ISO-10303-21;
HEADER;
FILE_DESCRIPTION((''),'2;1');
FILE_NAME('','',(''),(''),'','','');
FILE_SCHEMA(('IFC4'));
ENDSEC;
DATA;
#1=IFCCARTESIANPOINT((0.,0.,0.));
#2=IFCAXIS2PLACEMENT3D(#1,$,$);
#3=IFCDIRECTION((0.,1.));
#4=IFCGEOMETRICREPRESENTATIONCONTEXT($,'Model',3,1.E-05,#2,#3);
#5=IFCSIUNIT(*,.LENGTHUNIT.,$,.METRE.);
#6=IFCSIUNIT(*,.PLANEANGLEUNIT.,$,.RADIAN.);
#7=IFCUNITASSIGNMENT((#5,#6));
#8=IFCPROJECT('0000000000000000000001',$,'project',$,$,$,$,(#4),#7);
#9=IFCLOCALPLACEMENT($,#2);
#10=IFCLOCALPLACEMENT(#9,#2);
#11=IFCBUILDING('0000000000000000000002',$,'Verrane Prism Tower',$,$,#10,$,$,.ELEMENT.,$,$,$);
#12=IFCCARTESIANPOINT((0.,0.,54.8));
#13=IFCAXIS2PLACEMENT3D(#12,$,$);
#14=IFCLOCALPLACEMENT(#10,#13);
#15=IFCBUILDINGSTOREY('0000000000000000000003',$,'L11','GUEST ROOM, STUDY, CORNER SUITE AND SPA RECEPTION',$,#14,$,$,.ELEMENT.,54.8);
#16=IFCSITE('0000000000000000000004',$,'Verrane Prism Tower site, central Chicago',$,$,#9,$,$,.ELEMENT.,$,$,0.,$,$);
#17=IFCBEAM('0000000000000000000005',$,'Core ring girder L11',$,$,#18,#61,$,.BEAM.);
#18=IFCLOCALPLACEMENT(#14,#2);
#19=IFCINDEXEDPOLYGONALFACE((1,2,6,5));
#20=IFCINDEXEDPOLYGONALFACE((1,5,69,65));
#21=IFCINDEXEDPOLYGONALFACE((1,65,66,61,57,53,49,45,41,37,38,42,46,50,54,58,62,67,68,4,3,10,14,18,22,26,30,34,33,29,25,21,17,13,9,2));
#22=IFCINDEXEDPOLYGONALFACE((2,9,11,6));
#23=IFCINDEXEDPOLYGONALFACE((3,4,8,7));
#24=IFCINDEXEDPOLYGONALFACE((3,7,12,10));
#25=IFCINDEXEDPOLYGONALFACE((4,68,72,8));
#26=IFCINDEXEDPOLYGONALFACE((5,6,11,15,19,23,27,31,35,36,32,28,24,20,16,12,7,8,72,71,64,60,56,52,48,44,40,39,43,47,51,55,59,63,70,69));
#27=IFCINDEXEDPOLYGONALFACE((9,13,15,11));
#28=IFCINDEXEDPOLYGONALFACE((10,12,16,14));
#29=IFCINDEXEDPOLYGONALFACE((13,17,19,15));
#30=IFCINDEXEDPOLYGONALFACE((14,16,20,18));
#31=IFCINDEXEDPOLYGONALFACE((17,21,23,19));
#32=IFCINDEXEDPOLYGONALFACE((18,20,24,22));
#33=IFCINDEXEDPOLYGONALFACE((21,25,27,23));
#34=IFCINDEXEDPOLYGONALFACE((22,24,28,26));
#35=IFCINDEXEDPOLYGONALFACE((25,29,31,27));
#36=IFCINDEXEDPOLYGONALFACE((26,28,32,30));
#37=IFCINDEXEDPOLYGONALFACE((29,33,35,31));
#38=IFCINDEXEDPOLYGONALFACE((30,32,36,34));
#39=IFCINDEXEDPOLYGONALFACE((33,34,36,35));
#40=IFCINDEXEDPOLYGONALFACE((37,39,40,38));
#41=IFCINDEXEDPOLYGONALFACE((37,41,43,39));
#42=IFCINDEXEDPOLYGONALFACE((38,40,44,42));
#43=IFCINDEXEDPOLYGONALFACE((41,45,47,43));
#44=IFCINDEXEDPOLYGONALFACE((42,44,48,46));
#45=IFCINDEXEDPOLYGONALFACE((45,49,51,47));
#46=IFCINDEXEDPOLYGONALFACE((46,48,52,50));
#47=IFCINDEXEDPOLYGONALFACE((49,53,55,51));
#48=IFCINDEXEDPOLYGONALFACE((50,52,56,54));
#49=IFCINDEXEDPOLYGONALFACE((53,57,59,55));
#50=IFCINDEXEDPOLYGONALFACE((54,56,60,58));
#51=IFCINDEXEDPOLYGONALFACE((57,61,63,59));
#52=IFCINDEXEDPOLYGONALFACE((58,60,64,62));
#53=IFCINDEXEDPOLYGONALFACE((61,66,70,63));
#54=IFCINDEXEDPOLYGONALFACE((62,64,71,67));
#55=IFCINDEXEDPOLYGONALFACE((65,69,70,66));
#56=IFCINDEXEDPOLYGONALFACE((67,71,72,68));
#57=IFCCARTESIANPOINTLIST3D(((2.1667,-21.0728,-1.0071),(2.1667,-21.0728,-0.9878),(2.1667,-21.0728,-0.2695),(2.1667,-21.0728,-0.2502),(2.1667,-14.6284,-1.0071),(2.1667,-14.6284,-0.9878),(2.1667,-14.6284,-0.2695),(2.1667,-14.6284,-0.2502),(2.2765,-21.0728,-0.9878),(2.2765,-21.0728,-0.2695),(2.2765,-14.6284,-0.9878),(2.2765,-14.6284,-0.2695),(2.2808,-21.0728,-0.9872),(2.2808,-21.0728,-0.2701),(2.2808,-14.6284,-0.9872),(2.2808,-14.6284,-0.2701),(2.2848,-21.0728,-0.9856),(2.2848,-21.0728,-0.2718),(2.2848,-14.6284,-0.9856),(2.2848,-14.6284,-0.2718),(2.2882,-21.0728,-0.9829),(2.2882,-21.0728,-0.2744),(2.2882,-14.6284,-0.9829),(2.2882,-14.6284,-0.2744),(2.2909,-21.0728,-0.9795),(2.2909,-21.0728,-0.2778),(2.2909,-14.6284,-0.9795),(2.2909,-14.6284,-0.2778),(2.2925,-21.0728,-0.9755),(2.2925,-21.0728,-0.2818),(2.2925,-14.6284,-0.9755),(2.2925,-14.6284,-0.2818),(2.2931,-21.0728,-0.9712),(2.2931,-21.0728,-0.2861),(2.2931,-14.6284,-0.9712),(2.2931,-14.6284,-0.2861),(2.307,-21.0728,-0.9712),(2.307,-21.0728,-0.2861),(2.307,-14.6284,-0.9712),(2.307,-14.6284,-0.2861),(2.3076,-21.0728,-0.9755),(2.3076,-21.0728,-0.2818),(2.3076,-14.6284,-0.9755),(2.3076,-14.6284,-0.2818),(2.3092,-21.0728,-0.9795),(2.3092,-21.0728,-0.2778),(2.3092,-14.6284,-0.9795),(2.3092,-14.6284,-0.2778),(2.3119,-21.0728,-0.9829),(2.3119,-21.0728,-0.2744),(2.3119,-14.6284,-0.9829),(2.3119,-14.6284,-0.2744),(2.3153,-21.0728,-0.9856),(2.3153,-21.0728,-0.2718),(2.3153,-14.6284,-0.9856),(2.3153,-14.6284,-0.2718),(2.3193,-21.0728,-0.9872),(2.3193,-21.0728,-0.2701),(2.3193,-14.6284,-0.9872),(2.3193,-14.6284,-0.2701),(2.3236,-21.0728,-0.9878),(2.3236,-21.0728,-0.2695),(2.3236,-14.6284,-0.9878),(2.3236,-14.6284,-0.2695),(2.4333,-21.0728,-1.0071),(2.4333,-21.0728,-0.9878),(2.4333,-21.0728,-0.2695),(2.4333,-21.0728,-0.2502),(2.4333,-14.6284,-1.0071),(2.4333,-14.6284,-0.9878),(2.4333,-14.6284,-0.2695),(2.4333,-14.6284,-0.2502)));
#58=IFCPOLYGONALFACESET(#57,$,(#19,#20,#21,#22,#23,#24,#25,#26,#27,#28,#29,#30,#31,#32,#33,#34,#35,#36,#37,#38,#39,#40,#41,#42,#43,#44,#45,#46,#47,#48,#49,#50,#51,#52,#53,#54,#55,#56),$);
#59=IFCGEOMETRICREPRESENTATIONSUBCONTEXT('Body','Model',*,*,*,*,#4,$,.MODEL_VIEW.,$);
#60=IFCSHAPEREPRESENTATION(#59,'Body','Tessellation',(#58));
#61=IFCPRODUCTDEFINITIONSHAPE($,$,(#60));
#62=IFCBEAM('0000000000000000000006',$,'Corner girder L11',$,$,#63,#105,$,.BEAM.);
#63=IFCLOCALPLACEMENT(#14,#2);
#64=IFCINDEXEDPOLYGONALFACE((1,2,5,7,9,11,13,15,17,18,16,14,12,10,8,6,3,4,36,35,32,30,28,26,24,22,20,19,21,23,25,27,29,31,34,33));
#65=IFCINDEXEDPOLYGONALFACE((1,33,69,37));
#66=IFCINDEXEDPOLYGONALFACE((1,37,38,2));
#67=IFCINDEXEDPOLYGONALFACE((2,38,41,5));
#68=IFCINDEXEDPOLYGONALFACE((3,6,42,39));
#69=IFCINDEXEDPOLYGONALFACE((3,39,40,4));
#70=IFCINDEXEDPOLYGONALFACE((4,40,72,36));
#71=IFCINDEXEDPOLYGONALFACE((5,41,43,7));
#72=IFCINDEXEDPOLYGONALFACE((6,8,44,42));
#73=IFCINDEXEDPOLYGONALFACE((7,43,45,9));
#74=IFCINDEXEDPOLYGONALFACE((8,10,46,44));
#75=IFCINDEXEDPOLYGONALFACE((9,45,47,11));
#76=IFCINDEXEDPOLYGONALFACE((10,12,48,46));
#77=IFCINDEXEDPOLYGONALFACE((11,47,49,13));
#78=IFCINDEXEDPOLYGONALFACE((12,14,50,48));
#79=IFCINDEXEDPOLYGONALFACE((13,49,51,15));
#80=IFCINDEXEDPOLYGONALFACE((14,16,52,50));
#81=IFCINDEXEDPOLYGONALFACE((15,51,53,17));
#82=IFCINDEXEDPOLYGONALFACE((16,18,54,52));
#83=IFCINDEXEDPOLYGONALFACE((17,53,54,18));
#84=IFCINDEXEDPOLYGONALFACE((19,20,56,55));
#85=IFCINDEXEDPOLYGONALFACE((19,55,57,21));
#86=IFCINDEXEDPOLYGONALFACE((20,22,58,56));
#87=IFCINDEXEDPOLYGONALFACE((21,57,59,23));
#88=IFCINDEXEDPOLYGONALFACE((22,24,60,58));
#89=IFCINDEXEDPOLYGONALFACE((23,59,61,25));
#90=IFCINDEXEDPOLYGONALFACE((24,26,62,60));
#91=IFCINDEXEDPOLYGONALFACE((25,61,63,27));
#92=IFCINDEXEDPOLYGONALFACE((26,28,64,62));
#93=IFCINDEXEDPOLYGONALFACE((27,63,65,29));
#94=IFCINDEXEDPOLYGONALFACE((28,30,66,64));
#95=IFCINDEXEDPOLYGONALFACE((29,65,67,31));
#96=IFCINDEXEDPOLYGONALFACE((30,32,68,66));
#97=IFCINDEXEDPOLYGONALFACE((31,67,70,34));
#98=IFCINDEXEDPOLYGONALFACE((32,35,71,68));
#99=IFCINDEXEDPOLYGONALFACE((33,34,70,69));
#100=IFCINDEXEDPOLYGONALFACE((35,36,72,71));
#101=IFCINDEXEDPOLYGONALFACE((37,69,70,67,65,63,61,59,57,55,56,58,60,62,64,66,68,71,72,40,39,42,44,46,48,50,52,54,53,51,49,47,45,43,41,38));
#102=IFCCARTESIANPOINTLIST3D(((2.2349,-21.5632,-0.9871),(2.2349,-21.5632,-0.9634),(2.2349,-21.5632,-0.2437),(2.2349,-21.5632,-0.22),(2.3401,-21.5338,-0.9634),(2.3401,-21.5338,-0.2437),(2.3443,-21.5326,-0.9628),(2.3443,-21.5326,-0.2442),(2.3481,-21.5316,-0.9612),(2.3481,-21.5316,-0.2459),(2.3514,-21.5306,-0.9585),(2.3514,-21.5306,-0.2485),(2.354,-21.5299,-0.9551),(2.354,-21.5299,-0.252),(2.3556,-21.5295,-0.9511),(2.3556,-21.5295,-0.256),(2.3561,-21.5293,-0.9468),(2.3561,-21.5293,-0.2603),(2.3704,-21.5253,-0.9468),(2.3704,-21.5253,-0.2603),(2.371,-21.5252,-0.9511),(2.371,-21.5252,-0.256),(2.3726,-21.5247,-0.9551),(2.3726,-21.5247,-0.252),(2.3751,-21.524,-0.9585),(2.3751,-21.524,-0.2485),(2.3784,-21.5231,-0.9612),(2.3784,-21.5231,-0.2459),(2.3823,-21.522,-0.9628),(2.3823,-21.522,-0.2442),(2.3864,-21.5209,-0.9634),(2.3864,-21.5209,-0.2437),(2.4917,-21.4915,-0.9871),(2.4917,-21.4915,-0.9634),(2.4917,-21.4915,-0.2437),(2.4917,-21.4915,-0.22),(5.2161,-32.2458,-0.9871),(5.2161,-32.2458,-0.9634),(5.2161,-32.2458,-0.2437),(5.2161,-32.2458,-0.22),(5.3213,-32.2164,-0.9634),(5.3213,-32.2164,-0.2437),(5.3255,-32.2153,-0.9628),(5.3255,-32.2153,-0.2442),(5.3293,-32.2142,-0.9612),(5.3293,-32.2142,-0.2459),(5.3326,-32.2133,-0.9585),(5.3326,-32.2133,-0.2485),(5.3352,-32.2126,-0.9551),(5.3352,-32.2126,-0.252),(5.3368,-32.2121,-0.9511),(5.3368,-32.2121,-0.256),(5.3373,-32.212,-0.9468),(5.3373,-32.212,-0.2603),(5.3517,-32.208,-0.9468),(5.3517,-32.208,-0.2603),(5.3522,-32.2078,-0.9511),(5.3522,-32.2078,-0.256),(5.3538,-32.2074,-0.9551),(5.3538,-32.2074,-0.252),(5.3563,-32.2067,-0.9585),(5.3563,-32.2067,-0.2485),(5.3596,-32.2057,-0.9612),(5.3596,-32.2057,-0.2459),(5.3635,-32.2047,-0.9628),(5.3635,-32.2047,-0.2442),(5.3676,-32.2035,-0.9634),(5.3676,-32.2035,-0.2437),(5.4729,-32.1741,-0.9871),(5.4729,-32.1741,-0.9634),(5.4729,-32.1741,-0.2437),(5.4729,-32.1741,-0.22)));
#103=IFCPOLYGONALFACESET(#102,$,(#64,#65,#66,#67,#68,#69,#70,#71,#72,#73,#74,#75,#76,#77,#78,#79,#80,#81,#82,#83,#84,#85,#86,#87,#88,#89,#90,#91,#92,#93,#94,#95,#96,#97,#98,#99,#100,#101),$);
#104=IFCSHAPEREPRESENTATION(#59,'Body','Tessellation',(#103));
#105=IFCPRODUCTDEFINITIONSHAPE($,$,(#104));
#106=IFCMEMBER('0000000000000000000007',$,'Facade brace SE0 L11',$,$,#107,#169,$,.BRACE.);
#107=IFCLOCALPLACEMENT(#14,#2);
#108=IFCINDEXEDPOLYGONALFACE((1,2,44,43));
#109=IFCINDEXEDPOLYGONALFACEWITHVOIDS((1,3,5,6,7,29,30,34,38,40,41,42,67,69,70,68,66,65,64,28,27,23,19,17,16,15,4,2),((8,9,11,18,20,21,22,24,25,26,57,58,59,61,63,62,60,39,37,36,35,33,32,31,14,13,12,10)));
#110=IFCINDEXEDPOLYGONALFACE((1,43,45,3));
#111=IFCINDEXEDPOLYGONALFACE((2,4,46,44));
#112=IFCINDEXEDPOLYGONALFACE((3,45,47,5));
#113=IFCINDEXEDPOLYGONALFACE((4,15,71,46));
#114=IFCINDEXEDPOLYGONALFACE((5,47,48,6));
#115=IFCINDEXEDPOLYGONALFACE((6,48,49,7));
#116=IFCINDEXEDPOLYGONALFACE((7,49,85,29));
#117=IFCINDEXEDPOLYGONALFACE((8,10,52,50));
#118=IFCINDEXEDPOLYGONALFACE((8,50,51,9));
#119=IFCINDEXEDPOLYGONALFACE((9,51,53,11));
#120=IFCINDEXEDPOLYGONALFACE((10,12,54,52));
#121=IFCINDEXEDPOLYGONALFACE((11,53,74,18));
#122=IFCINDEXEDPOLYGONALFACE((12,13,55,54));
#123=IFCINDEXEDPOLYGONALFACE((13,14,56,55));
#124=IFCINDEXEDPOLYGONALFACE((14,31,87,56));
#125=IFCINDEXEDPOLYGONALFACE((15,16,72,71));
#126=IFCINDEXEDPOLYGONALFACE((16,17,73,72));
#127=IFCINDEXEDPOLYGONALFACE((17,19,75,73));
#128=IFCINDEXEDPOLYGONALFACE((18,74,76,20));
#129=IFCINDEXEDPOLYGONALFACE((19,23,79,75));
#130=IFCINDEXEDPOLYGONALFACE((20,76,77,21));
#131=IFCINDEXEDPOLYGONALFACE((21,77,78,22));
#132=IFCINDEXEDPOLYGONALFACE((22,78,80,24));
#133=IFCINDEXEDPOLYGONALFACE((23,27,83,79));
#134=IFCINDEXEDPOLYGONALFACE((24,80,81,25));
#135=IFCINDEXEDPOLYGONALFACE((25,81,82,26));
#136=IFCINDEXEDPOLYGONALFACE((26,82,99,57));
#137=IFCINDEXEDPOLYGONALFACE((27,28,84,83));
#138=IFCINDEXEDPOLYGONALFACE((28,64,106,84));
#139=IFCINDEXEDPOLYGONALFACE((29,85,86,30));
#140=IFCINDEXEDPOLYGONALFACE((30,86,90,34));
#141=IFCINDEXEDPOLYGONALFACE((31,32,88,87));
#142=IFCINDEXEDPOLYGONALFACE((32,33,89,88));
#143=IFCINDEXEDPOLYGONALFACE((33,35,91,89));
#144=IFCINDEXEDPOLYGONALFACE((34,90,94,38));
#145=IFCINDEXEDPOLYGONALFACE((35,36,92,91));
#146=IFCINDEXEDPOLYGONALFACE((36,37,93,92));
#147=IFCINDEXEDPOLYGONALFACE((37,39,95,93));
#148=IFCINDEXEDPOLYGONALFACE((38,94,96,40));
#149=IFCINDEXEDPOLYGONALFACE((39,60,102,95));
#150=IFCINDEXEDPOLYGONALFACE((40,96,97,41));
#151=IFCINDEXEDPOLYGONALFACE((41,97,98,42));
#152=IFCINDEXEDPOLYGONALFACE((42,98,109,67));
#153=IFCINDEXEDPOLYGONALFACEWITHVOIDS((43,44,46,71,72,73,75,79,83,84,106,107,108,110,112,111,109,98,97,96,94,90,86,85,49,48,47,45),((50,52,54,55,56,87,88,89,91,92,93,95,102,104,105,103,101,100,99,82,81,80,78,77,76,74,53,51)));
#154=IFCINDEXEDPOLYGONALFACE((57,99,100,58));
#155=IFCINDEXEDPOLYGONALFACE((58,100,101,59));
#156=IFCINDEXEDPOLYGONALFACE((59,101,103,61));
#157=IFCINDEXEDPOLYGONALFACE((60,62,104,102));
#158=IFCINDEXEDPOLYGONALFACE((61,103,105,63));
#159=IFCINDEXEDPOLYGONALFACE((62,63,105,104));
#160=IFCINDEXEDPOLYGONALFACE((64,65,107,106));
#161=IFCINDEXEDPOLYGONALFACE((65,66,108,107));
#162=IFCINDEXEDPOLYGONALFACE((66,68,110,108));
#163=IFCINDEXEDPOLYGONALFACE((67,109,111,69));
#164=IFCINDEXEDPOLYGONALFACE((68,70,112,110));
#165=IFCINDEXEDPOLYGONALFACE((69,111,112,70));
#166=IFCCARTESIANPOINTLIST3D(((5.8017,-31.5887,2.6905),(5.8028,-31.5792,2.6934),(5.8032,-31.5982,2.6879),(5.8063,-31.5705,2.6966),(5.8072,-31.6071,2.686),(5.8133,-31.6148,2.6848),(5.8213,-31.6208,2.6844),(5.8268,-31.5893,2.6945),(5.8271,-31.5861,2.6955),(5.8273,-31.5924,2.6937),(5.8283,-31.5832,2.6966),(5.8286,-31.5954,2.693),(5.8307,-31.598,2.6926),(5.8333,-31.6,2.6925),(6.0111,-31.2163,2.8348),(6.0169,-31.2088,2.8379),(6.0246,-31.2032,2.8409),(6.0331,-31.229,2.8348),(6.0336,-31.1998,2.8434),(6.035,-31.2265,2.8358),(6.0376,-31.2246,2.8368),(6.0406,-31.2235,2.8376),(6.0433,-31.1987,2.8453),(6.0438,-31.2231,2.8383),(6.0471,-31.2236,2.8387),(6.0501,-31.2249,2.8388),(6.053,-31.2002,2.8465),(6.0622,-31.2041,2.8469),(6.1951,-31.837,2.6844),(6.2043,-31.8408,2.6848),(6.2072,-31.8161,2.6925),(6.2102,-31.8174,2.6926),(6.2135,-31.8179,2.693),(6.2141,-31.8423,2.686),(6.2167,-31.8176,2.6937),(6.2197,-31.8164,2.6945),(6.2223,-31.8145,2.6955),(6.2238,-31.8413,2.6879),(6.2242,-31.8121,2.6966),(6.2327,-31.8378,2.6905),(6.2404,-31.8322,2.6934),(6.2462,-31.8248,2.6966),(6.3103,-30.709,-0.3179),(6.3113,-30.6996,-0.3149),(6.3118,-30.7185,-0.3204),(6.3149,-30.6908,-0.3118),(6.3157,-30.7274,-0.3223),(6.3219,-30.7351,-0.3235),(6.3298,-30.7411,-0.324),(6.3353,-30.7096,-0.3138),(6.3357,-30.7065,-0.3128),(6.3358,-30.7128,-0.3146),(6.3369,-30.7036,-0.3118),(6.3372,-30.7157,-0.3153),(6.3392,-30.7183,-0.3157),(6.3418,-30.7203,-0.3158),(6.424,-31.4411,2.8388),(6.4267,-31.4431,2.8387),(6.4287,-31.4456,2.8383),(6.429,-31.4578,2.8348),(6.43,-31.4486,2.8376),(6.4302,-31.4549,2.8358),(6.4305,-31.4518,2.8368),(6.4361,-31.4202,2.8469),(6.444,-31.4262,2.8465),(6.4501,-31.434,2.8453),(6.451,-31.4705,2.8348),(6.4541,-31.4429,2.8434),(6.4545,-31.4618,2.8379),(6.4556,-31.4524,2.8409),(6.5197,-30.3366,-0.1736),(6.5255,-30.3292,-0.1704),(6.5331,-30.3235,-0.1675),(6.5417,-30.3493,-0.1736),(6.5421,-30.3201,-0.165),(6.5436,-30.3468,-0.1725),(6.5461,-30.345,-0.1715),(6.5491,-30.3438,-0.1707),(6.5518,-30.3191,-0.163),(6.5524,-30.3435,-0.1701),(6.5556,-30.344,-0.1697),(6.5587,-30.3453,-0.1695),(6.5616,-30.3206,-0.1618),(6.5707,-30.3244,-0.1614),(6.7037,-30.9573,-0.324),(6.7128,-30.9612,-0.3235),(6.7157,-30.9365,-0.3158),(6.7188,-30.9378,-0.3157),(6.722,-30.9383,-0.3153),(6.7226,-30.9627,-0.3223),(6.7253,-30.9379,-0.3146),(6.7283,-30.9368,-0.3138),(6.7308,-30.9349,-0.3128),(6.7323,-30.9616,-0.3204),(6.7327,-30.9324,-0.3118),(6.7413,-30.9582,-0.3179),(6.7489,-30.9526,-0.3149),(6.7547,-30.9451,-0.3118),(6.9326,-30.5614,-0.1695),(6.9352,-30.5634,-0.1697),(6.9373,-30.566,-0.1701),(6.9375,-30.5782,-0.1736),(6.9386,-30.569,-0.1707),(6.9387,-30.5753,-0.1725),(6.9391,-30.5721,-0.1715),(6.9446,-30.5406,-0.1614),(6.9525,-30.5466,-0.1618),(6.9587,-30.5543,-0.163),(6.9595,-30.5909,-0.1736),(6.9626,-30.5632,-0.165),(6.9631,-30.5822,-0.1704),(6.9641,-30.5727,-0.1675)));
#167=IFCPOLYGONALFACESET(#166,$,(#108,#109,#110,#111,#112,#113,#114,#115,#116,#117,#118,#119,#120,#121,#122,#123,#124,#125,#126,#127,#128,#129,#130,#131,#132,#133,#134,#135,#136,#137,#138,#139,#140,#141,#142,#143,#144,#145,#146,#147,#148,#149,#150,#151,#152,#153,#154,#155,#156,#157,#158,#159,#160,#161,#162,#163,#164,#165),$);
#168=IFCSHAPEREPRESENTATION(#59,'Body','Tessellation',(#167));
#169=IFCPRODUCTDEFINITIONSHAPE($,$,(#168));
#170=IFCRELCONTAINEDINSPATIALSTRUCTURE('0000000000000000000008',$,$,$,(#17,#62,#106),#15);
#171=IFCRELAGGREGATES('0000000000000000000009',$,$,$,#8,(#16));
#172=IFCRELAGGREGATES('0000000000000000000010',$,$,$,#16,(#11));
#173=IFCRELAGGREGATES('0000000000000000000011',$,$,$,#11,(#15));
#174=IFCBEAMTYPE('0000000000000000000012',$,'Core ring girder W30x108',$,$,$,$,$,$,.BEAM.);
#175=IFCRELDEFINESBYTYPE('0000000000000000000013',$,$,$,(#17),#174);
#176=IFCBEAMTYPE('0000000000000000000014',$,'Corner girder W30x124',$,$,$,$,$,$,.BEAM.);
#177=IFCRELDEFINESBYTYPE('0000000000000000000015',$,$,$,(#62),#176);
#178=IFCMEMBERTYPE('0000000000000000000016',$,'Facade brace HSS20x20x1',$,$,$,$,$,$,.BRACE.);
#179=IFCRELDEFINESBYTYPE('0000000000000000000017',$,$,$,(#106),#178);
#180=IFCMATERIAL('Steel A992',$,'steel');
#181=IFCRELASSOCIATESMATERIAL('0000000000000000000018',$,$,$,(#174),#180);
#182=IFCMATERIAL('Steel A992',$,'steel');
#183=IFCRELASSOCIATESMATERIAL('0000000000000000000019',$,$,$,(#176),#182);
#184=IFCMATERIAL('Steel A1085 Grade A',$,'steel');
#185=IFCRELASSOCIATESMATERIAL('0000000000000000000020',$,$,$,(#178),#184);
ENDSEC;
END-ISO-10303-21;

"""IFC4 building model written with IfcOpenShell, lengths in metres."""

from ifc_helpers import new_model, si_unit, direction, frame, origin, origin_2d, place, context, subcontext, project, spatial, hollow_rectangle, i_section, extrude, material, material_profile, profile_set, type_object, element, save


model = new_model("IFC4")

# Units and contexts
model_context = context("Model", 3, precision=1e-05, world=origin(), true_north=direction((0.0, 1.0)))
body_context = subcontext(model_context, "Body", "Model", "MODEL_VIEW")
ifc_project = project(units=[si_unit("LENGTHUNIT", "METRE"), si_unit("PLANEANGLEUNIT", "RADIAN")], contexts=[model_context])

# Site, building, storey
site_placement = place(None, origin())
site = spatial("IfcSite", under=ifc_project, at=site_placement, Name="Verrane Prism Tower site, central Chicago", CompositionType="ELEMENT", RefElevation=0.0)
building_placement = place(site_placement, origin())
building = spatial("IfcBuilding", under=site, at=building_placement, Name="Verrane Prism Tower", CompositionType="ELEMENT")
storey_placement = place(building_placement, frame((0.0, 0.0, 54.8)))
storey = spatial("IfcBuildingStorey", under=building, at=storey_placement, Name="L11", Description="GUEST ROOM, STUDY, CORNER SUITE AND SPA RECEPTION", CompositionType="ELEMENT", Elevation=54.8)

# Beams
ifc_material_1 = material(Name="Steel A992", Category="steel")
ifc_material_profile_1 = material_profile(ifc_material_1, i_section(OverallWidth=0.2666, OverallDepth=0.7568, WebThickness=0.0139, FlangeThickness=0.0193, FilletRadius=0.0166, at=origin_2d()), Name="W30x108")
ifc_profile_set_1 = profile_set([ifc_material_profile_1], Name="Steel A992")
beam_type_1 = type_object("IfcBeamType", Name="Core ring girder W30x108", PredefinedType="BEAM", material=ifc_profile_set_1)
beam_1_placement = place(storey_placement, frame((2.3, -21.0728, -0.6287), z_axis=(0.0, 1.0, 0.0), x_axis=(-1.0, 0.0, 0.0)))
element("IfcBeam", 1, at=beam_1_placement, inside=storey, type_object=beam_type_1, Name="Core ring girder L11", PredefinedType="BEAM", context=body_context, shape_type="SweptSolid", body=[
    extrude(i_section(OverallWidth=0.2666, OverallDepth=0.7568, WebThickness=0.0139, FlangeThickness=0.0193, FilletRadius=0.0166, at=origin_2d()), origin(), (0.0, 0.0, 1.0), 6.4443),
])
ifc_material_2 = material(Name="Steel A992", Category="steel")
ifc_material_profile_2 = material_profile(ifc_material_2, i_section(OverallWidth=0.2666, OverallDepth=0.7671, WebThickness=0.0149, FlangeThickness=0.0237, FilletRadius=0.0166, at=origin_2d()), Name="W30x124")
ifc_profile_set_2 = profile_set([ifc_material_profile_2], Name="Steel A992")
beam_type_2 = type_object("IfcBeamType", Name="Corner girder W30x124", PredefinedType="BEAM", material=ifc_profile_set_2)
beam_2_placement = place(storey_placement, frame((5.3445, -32.21, -0.6035), z_axis=(-0.268799, 0.963196, 0.0), x_axis=(-0.963196, -0.268799, 0.0)))
element("IfcBeam", 2, at=beam_2_placement, inside=storey, type_object=beam_type_2, Name="Corner girder L11", PredefinedType="BEAM", context=body_context, shape_type="SweptSolid", body=[
    extrude(i_section(OverallWidth=0.2666, OverallDepth=0.7671, WebThickness=0.0149, FlangeThickness=0.0237, FilletRadius=0.0166, at=origin_2d()), origin(), (0.0, 0.0, 1.0), 11.0908),
])

# Member
ifc_material_3 = material(Name="Steel A1085 Grade A", Category="steel")
ifc_material_profile_3 = material_profile(ifc_material_3, hollow_rectangle(XDim=0.5081, YDim=0.5081, WallThickness=0.0254, InnerFilletRadius=0.0127, OuterFilletRadius=0.0381, at=origin_2d()), Name="HSS20x20x1")
ifc_profile_set_3 = profile_set([ifc_material_profile_3], Name="Steel A1085 Grade A")
member_type_1 = type_object("IfcMemberType", Name="Facade brace HSS20x20x1", PredefinedType="BRACE", material=ifc_profile_set_3)
member_1_placement = place(storey_placement, frame((6.6372, -30.6409, -0.2427), z_axis=(-0.160159, -0.277029, 0.94742), x_axis=(0.865733, -0.500506, 0.0)))
element("IfcMember", 3, at=member_1_placement, inside=storey, type_object=member_type_1, Name="Facade brace SE0 L11", PredefinedType="BRACE", context=body_context, shape_type="SweptSolid", body=[
    extrude(hollow_rectangle(XDim=0.5081, YDim=0.5081, WallThickness=0.0254, InnerFilletRadius=0.0127, OuterFilletRadius=0.0381, at=origin_2d()), origin(), (0.0, 0.0, 1.0), 3.1753),
])

save(model, "model.ifc")
